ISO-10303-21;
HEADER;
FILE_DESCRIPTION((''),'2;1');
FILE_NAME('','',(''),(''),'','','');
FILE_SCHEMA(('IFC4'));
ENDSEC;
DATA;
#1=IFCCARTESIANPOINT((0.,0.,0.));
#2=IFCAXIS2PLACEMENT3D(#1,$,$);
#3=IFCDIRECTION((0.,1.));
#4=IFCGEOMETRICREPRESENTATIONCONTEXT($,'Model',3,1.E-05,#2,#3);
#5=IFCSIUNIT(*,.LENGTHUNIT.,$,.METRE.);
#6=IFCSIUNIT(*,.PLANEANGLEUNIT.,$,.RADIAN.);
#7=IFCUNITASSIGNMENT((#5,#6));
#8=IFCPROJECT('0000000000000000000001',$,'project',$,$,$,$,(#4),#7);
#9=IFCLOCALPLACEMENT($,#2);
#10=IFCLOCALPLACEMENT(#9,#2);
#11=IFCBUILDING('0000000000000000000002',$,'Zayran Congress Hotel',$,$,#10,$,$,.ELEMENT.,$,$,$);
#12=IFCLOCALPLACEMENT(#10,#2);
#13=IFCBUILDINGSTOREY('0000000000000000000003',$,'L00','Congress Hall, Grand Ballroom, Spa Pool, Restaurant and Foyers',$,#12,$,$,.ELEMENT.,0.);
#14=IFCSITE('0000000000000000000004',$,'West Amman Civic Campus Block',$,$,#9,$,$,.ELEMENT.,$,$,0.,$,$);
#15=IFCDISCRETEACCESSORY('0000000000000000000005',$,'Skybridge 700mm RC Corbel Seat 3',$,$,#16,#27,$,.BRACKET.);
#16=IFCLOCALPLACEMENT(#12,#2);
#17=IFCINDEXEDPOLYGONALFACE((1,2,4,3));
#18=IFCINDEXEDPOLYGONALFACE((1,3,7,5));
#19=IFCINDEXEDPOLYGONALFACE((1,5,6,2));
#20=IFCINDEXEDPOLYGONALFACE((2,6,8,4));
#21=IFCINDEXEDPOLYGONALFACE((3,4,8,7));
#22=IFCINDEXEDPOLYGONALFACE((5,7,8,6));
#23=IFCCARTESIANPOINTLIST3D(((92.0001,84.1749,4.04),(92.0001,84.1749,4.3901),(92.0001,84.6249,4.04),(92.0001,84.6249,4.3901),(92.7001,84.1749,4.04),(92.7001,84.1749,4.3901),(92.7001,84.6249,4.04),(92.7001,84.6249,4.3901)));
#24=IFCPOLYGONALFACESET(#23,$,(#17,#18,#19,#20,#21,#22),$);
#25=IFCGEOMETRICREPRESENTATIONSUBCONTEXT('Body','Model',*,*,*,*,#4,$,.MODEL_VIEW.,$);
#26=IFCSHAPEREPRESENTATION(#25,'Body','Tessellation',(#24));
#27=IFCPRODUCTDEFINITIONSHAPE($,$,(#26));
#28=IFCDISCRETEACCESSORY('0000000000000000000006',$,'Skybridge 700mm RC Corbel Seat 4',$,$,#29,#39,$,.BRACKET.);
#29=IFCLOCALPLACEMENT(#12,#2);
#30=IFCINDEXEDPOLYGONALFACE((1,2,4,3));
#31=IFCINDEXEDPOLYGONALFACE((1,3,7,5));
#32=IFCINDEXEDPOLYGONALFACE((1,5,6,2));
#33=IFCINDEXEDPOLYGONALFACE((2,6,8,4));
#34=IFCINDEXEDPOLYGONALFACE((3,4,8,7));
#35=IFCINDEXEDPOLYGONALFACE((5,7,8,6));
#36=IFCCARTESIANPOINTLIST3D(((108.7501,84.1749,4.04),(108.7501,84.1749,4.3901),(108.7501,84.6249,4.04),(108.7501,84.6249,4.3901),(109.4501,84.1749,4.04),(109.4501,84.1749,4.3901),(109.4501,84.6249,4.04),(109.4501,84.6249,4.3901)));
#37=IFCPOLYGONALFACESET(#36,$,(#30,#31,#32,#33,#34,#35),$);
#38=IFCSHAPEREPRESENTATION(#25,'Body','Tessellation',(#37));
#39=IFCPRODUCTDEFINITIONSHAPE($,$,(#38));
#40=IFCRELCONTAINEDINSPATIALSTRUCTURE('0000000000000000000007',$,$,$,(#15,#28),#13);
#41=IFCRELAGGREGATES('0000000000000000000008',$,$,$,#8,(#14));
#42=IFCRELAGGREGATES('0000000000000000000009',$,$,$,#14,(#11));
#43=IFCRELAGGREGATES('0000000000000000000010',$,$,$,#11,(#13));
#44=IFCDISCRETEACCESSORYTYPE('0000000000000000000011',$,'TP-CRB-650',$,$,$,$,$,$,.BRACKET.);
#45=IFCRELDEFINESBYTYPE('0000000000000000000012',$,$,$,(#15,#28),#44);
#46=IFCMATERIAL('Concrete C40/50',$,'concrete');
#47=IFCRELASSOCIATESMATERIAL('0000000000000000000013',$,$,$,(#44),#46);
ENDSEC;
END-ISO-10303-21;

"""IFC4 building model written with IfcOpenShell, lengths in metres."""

from ifc_helpers import new_model, si_unit, direction, frame, origin, origin_2d, place, context, subcontext, project, spatial, rectangle, extrude, material, type_object, element, save


model = new_model("IFC4")

# Units and contexts
model_context = context("Model", 3, precision=1e-05, world=origin(), true_north=direction((0.0, 1.0)))
body_context = subcontext(model_context, "Body", "Model", "MODEL_VIEW")
ifc_project = project(units=[si_unit("LENGTHUNIT", "METRE"), si_unit("PLANEANGLEUNIT", "RADIAN")], contexts=[model_context])

# Site, building, storey
site_placement = place(None, origin())
site = spatial("IfcSite", under=ifc_project, at=site_placement, Name="West Amman Civic Campus Block", CompositionType="ELEMENT", RefElevation=0.0)
building_placement = place(site_placement, origin())
building = spatial("IfcBuilding", under=site, at=building_placement, Name="Zayran Congress Hotel", CompositionType="ELEMENT")
storey_placement = place(building_placement, origin())
storey = spatial("IfcBuildingStorey", under=building, at=storey_placement, Name="L00", Description="Congress Hall, Grand Ballroom, Spa Pool, Restaurant and Foyers", CompositionType="ELEMENT", Elevation=0.0)

# Discrete accessories
ifc_material_1 = material(Name="Concrete C40/50", Category="concrete")
discrete_accessory_type = type_object("IfcDiscreteAccessoryType", Name="TP-CRB-650", PredefinedType="BRACKET", material=ifc_material_1)
for number, where, z_axis, x_axis, name in (
    (1, (92.3501, 84.3999, 4.04), (0.0, 0.0, 1.0), (1.0, 0.0, 0.0), "Skybridge 700mm RC Corbel Seat 3"),
    (2, (109.1001, 84.3999, 4.04), (0.0, 0.0, 1.0), (1.0, 0.0, 0.0), "Skybridge 700mm RC Corbel Seat 4"),
):
    element("IfcDiscreteAccessory", number, at=place(storey_placement, frame(where, z_axis=z_axis, x_axis=x_axis)), inside=storey, type_object=discrete_accessory_type, Name=name, PredefinedType="BRACKET", context=body_context, shape_type="SweptSolid", body=[
        extrude(rectangle(XDim=0.7, YDim=0.45, at=origin_2d()), origin(), (0.0, 0.0, 1.0), 0.3501),
    ])

save(model, "model.ifc")
